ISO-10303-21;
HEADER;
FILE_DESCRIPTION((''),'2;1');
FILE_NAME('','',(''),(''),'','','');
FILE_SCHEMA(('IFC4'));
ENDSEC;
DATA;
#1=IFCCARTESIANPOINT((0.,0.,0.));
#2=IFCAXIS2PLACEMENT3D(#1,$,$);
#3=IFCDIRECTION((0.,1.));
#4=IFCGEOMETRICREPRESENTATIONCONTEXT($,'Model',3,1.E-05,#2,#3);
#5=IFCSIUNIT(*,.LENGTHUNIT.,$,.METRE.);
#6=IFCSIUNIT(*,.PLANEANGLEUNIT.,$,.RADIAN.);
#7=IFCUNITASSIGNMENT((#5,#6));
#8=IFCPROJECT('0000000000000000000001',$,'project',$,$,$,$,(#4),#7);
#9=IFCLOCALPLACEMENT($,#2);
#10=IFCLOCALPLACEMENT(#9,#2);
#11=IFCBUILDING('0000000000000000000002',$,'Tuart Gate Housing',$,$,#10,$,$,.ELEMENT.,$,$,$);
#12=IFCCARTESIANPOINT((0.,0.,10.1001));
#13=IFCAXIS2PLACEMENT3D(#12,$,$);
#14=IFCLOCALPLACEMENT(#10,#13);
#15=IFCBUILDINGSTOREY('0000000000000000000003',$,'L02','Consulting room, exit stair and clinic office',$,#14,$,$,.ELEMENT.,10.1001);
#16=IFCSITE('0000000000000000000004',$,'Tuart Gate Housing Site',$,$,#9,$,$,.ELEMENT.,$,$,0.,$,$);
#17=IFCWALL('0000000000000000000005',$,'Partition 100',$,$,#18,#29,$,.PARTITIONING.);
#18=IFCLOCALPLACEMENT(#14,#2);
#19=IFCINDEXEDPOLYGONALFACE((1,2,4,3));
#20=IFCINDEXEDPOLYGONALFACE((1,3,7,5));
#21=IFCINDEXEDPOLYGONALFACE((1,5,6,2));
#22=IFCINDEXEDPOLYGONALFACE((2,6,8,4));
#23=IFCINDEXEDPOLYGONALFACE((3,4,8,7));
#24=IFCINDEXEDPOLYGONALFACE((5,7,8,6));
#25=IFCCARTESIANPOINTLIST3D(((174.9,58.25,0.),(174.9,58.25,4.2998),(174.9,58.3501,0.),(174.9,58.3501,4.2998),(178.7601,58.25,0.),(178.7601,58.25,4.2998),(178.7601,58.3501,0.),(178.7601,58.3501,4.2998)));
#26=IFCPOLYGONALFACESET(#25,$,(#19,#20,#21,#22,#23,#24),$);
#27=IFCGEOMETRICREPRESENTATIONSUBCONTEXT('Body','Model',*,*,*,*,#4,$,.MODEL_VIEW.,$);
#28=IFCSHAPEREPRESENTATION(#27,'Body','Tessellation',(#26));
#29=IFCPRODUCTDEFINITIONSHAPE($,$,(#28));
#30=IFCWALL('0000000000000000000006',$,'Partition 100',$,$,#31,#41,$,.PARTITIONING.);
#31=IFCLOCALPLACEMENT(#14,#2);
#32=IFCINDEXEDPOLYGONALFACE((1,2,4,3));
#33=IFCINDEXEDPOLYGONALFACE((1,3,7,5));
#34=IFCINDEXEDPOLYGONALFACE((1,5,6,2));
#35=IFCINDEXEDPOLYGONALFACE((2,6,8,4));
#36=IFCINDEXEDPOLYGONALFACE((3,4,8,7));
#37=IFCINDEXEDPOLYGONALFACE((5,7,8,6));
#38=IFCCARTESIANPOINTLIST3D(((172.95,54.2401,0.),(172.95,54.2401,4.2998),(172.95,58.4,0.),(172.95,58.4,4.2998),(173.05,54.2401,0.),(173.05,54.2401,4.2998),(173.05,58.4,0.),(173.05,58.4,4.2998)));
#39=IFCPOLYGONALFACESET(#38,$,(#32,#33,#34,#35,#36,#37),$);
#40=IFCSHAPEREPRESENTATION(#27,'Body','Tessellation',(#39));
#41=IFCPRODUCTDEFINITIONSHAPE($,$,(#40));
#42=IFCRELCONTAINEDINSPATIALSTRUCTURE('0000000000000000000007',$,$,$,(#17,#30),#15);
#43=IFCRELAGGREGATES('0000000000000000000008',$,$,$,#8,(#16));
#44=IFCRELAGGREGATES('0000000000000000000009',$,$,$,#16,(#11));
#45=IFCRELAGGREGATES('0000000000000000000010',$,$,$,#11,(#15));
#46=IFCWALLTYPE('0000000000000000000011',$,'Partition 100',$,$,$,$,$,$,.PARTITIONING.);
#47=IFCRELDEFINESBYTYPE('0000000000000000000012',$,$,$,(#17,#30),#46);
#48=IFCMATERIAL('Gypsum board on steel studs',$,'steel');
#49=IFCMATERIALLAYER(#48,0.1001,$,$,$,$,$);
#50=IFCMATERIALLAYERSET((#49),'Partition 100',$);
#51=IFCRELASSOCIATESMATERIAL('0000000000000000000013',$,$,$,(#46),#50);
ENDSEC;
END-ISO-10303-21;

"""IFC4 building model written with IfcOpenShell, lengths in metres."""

from ifc_helpers import new_model, si_unit, direction, frame, frame_2d, origin, place, context, subcontext, project, spatial, rectangle, extrude, material, layer, layer_set, type_object, element, save


model = new_model("IFC4")

# Units and contexts
model_context = context("Model", 3, precision=1e-05, world=origin(), true_north=direction((0.0, 1.0)))
body_context = subcontext(model_context, "Body", "Model", "MODEL_VIEW")
ifc_project = project(units=[si_unit("LENGTHUNIT", "METRE"), si_unit("PLANEANGLEUNIT", "RADIAN")], contexts=[model_context])

# Site, building, storey
site_placement = place(None, origin())
site = spatial("IfcSite", under=ifc_project, at=site_placement, Name="Tuart Gate Housing Site", CompositionType="ELEMENT", RefElevation=0.0)
building_placement = place(site_placement, origin())
building = spatial("IfcBuilding", under=site, at=building_placement, Name="Tuart Gate Housing", CompositionType="ELEMENT")
storey_placement = place(building_placement, frame((0.0, 0.0, 10.1001)))
storey = spatial("IfcBuildingStorey", under=building, at=storey_placement, Name="L02", Description="Consulting room, exit stair and clinic office", CompositionType="ELEMENT", Elevation=10.1001)

# Walls
ifc_material = material(Name="Gypsum board on steel studs", Category="steel")
ifc_layer = layer(ifc_material, 0.1001)
ifc_layer_set = layer_set([ifc_layer], Name="Partition 100")
wall_type = type_object("IfcWallType", Name="Partition 100", PredefinedType="PARTITIONING", material=ifc_layer_set)
wall_1_placement = place(storey_placement, frame((174.8999, 58.3, 0.0), z_axis=(0.0, 0.0, 1.0), x_axis=(1.0, 0.0, 0.0)))
element("IfcWall", 1, at=wall_1_placement, inside=storey, type_object=wall_type, Name="Partition 100", PredefinedType="PARTITIONING", context=body_context, shape_type="SweptSolid", body=[
    extrude(rectangle(XDim=3.8601, YDim=0.1001, at=frame_2d((1.9302, 0.0))), origin(), (0.0, 0.0, 1.0), 4.2998),
])
wall_2_placement = place(storey_placement, frame((173.0, 54.24, 0.0), z_axis=(0.0, 0.0, 1.0), x_axis=(0.0, 1.0, 0.0)))
element("IfcWall", 2, at=wall_2_placement, inside=storey, type_object=wall_type, Name="Partition 100", PredefinedType="PARTITIONING", context=body_context, shape_type="SweptSolid", body=[
    extrude(rectangle(XDim=4.1599, YDim=0.1001, at=frame_2d((2.0801, 0.0))), origin(), (0.0, 0.0, 1.0), 4.2998),
])

save(model, "model.ifc")
